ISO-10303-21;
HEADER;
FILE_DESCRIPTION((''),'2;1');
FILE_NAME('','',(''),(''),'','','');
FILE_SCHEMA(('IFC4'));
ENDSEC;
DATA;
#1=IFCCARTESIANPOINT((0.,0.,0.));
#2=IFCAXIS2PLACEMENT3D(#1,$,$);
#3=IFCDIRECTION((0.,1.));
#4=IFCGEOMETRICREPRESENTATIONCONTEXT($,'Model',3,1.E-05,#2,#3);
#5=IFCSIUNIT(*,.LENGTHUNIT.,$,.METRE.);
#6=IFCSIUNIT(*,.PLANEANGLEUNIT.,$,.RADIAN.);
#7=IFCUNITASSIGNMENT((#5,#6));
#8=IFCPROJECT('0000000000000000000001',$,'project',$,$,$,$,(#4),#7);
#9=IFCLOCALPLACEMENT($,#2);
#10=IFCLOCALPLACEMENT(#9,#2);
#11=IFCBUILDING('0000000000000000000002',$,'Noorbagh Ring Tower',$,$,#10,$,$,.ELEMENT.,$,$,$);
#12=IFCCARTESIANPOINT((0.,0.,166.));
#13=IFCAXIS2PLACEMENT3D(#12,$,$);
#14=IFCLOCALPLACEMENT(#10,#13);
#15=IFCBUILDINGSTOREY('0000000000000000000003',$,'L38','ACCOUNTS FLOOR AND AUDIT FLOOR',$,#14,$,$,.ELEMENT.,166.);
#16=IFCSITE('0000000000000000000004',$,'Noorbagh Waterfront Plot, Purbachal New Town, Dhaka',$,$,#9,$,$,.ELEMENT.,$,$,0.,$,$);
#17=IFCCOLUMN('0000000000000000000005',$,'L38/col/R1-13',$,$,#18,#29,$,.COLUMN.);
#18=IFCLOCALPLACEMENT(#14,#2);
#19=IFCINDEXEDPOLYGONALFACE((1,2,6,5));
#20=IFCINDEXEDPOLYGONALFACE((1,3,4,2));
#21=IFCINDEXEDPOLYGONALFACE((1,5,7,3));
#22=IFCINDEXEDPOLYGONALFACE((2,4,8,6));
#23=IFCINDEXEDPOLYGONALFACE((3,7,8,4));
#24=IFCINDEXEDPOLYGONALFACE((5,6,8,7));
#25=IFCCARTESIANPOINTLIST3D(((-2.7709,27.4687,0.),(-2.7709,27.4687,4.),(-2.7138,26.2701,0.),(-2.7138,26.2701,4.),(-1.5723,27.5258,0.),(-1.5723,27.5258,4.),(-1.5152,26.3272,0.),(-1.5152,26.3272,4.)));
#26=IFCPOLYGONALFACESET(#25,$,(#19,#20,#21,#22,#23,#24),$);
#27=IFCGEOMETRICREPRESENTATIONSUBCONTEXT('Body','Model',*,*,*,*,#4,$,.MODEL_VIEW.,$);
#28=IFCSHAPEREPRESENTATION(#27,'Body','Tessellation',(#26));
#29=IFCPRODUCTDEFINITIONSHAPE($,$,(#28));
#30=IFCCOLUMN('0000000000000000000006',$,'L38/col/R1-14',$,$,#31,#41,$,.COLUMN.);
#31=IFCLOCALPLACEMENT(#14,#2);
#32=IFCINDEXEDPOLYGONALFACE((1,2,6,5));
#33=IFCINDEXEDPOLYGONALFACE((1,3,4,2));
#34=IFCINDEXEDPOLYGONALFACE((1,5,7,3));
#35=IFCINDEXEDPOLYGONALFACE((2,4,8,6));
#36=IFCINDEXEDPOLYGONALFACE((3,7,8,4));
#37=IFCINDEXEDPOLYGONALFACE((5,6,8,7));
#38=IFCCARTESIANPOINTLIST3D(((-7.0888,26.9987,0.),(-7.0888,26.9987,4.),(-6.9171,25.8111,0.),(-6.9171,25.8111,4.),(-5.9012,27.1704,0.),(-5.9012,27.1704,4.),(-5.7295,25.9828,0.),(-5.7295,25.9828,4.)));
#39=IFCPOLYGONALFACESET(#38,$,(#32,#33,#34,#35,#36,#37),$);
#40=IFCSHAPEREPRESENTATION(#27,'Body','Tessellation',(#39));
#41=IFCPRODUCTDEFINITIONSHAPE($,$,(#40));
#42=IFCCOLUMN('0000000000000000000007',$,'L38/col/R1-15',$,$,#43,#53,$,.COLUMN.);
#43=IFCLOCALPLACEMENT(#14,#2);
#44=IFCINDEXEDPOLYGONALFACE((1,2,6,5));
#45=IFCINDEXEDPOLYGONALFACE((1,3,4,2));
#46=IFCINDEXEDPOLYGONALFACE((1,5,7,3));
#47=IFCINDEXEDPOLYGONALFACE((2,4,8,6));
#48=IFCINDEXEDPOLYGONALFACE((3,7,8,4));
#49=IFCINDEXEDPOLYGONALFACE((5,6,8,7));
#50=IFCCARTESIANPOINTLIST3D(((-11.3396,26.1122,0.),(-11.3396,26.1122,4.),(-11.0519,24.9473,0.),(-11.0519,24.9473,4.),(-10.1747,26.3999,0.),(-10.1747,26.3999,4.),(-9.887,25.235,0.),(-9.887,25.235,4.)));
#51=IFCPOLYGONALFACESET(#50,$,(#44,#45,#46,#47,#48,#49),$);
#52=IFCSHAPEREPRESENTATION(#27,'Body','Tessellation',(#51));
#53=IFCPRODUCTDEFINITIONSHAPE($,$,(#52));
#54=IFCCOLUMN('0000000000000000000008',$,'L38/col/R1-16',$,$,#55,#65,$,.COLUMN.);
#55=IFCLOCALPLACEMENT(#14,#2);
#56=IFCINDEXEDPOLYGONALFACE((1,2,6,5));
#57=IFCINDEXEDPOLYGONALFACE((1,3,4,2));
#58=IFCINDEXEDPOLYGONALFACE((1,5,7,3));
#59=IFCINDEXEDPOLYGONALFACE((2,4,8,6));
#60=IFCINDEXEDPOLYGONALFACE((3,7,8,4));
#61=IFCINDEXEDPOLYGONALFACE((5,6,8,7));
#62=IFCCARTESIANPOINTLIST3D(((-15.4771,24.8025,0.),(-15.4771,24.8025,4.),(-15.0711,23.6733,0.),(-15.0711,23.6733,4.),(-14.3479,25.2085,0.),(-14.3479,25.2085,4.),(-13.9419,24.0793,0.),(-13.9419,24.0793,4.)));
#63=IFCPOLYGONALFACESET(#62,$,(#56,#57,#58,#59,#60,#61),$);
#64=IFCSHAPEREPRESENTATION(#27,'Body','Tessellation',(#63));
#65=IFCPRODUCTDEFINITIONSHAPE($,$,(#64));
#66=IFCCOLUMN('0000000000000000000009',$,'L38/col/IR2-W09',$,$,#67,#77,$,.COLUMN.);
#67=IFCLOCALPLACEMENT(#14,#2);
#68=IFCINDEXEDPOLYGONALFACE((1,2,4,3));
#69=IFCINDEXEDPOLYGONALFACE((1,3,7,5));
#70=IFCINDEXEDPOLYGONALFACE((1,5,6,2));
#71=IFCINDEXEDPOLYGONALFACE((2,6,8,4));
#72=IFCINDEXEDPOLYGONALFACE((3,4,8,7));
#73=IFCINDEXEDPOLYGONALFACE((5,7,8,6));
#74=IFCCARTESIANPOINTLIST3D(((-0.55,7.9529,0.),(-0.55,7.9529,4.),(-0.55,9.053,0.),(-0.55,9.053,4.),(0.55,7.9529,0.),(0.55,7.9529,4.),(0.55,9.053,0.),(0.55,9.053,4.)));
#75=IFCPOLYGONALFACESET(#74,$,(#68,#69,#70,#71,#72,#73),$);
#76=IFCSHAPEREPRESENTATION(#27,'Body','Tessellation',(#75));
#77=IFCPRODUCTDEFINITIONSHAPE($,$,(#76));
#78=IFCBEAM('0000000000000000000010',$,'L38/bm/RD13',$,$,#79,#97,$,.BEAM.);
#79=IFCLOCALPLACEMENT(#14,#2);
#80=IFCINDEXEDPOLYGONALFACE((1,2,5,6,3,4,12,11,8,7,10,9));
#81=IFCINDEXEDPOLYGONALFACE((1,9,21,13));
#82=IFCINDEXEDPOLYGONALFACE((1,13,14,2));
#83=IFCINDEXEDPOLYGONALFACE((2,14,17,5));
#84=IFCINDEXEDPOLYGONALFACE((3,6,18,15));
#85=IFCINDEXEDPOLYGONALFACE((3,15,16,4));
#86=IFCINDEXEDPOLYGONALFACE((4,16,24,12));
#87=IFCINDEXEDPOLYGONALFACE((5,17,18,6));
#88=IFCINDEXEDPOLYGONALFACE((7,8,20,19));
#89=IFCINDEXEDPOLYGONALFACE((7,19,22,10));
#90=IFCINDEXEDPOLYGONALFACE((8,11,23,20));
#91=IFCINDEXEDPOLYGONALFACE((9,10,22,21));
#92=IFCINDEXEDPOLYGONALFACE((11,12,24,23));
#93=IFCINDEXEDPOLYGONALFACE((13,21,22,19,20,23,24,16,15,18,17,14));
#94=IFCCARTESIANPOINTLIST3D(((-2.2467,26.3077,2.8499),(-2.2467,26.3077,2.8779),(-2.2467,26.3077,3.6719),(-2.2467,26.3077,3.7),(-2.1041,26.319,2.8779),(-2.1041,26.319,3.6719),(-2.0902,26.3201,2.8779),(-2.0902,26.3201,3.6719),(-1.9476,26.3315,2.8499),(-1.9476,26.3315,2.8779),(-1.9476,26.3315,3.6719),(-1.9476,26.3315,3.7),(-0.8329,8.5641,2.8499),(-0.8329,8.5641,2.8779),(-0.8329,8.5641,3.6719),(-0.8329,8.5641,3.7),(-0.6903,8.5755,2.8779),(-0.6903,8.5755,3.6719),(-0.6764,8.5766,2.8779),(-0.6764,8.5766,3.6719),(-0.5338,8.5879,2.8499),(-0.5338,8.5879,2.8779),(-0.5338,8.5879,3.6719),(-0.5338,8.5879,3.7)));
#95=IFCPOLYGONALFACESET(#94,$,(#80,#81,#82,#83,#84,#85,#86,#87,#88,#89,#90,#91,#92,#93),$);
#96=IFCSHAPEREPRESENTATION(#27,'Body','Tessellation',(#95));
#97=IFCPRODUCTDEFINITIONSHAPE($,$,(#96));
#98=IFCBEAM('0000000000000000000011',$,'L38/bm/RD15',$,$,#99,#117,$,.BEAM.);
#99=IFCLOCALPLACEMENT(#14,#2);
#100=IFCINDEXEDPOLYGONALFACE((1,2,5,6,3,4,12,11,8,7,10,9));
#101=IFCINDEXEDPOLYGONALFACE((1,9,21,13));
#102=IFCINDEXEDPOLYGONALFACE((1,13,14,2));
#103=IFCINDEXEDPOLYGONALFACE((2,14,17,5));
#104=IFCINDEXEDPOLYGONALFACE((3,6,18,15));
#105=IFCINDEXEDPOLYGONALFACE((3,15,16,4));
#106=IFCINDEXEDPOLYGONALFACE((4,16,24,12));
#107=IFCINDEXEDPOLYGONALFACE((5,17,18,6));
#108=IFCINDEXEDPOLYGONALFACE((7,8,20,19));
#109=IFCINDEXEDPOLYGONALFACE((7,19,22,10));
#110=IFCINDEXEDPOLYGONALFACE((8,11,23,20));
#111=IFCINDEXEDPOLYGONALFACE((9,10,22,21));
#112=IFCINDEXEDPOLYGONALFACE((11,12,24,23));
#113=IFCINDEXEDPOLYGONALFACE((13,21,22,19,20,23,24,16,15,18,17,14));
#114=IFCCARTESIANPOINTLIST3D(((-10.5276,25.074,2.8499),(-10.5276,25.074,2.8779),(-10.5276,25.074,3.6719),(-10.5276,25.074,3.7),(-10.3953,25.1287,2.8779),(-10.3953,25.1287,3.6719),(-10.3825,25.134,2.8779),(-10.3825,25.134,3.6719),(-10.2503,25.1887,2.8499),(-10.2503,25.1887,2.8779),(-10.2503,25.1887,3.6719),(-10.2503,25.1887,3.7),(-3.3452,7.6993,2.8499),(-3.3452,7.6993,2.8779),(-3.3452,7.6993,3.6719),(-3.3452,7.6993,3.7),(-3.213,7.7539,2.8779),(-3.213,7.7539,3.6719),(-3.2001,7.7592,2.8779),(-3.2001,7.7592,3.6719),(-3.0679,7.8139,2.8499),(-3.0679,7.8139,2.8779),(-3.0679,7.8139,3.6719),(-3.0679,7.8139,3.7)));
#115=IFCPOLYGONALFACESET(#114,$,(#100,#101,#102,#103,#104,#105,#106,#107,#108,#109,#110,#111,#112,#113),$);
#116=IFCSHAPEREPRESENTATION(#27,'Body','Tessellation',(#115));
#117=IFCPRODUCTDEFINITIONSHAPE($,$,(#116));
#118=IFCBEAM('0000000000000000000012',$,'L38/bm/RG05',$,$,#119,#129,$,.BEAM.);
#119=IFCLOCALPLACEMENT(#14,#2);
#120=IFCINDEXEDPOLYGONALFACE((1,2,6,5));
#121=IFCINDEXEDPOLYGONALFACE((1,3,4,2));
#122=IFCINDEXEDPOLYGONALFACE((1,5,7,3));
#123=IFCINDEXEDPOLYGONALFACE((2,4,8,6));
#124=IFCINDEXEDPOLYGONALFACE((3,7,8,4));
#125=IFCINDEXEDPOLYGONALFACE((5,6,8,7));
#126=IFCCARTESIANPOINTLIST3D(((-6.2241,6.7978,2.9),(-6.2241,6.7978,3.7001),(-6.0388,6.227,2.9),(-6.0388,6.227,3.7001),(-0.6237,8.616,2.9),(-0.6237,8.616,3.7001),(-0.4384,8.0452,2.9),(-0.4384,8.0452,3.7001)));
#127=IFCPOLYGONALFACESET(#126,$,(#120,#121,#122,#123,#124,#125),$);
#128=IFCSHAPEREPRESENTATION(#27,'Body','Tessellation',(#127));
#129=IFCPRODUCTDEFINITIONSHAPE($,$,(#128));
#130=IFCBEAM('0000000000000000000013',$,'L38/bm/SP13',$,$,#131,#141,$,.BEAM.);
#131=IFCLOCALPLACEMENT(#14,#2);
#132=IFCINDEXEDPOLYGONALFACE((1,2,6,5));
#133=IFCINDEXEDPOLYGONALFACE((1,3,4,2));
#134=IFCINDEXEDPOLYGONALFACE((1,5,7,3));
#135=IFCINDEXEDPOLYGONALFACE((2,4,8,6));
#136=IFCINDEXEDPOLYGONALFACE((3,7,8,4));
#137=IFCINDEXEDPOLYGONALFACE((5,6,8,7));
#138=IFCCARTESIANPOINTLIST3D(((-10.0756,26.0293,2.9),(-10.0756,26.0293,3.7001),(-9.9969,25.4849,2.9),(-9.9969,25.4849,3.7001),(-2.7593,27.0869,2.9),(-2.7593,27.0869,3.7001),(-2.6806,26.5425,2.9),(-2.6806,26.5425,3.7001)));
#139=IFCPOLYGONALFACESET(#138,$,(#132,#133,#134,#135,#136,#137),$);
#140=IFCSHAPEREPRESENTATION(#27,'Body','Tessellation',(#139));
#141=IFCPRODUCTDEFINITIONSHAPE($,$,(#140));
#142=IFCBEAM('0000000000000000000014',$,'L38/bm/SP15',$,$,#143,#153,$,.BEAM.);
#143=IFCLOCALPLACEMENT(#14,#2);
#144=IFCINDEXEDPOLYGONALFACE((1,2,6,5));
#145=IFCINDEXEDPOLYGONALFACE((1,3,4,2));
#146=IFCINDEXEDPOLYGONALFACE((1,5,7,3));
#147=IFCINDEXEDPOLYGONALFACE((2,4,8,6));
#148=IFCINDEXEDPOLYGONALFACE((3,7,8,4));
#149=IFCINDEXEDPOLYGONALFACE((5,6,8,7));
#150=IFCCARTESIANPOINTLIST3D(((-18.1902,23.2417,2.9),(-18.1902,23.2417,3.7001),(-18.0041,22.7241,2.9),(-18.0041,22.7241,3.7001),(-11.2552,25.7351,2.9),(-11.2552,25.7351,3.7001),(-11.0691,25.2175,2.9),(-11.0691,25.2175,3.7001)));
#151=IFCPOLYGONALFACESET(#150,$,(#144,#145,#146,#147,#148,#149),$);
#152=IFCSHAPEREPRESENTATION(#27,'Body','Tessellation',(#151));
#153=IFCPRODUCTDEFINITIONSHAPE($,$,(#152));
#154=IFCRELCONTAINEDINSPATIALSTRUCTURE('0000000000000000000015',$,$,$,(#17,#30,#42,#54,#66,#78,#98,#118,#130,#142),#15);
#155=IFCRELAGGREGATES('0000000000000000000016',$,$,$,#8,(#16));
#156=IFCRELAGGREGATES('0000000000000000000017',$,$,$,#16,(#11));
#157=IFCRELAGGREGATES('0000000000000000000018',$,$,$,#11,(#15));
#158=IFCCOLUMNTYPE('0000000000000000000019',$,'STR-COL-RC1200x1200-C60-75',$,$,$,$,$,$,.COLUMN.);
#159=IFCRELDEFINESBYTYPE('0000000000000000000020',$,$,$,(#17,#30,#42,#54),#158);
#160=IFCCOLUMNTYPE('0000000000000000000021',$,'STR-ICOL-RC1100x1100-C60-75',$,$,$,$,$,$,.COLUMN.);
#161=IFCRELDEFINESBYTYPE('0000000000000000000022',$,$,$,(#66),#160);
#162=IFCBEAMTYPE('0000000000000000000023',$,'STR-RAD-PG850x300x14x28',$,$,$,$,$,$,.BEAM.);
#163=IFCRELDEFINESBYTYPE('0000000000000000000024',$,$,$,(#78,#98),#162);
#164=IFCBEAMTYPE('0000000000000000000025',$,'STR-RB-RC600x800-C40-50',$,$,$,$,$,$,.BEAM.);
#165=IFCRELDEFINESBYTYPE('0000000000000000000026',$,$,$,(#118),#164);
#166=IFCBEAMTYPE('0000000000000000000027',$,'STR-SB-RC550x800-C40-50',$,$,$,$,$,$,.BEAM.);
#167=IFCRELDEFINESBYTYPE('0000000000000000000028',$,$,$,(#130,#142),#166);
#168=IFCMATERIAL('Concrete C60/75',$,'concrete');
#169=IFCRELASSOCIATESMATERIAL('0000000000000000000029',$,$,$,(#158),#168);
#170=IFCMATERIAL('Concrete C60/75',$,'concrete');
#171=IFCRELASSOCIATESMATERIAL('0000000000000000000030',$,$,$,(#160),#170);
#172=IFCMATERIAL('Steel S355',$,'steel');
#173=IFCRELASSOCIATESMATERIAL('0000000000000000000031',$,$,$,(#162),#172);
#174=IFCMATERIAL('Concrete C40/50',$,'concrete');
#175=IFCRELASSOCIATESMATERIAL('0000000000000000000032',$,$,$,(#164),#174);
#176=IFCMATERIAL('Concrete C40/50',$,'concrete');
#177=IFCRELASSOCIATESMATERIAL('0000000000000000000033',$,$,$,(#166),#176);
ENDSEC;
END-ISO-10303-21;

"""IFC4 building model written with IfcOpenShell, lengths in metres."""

from ifc_helpers import new_model, si_unit, direction, frame, origin, origin_2d, place, context, subcontext, project, spatial, rectangle, i_section, extrude, material, material_profile, profile_set, type_object, element, save


model = new_model("IFC4")

# Units and contexts
model_context = context("Model", 3, precision=1e-05, world=origin(), true_north=direction((0.0, 1.0)))
body_context = subcontext(model_context, "Body", "Model", "MODEL_VIEW")
ifc_project = project(units=[si_unit("LENGTHUNIT", "METRE"), si_unit("PLANEANGLEUNIT", "RADIAN")], contexts=[model_context])

# Site, building, storey
site_placement = place(None, origin())
site = spatial("IfcSite", under=ifc_project, at=site_placement, Name="Noorbagh Waterfront Plot, Purbachal New Town, Dhaka", CompositionType="ELEMENT", RefElevation=0.0)
building_placement = place(site_placement, origin())
building = spatial("IfcBuilding", under=site, at=building_placement, Name="Noorbagh Ring Tower", CompositionType="ELEMENT")
storey_placement = place(building_placement, frame((0.0, 0.0, 166.0)))
storey = spatial("IfcBuildingStorey", under=building, at=storey_placement, Name="L38", Description="ACCOUNTS FLOOR AND AUDIT FLOOR", CompositionType="ELEMENT", Elevation=166.0)

# Columns
ifc_material_1 = material(Name="Concrete C60/75", Category="concrete")
ifc_material_profile_1 = material_profile(ifc_material_1, rectangle(XDim=1.2, YDim=1.2, at=origin_2d()), Name="RC1200x1200")
ifc_profile_set_1 = profile_set([ifc_material_profile_1], Name="Concrete C60/75")
column_type_1 = type_object("IfcColumnType", Name="STR-COL-RC1200x1200-C60-75", PredefinedType="COLUMN", material=ifc_profile_set_1)
for number, where, z_axis, x_axis, name in (
    (1, (-2.1431, 26.8979, 0.0), (0.0, 0.0, 1.0), (-0.998869, -0.047553, 0.0), "L38/col/R1-13"),
    (2, (-6.4092, 26.4907, 0.0), (0.0, 0.0, 1.0), (-0.989713, -0.143066, 0.0), "L38/col/R1-14"),
    (3, (-10.6133, 25.6736, 0.0), (0.0, 0.0, 1.0), (-0.970829, -0.239771, 0.0), "L38/col/R1-15"),
    (4, (-14.7095, 24.4409, 0.0), (0.0, 0.0, 1.0), (-0.941025, -0.338338, 0.0), "L38/col/R1-16"),
):
    element("IfcColumn", number, at=place(storey_placement, frame(where, z_axis=z_axis, x_axis=x_axis)), inside=storey, type_object=column_type_1, Name=name, PredefinedType="COLUMN", context=body_context, shape_type="SweptSolid", body=[
        extrude(rectangle(XDim=1.2, YDim=1.2, at=origin_2d()), origin(), (0.0, 0.0, 1.0), 4.0),
    ])
ifc_material_2 = material(Name="Concrete C60/75", Category="concrete")
ifc_material_profile_2 = material_profile(ifc_material_2, rectangle(XDim=1.1001, YDim=1.1001, at=origin_2d()), Name="RC1100x1100")
ifc_profile_set_2 = profile_set([ifc_material_profile_2], Name="Concrete C60/75")
column_type_2 = type_object("IfcColumnType", Name="STR-ICOL-RC1100x1100-C60-75", PredefinedType="COLUMN", material=ifc_profile_set_2)
column_placement = place(storey_placement, frame((0.0, 8.5029, 0.0), z_axis=(0.0, 0.0, 1.0), x_axis=(-1.0, 0.0, 0.0)))
element("IfcColumn", 5, at=column_placement, inside=storey, type_object=column_type_2, Name="L38/col/IR2-W09", PredefinedType="COLUMN", context=body_context, shape_type="SweptSolid", body=[
    extrude(rectangle(XDim=1.1001, YDim=1.1001, at=origin_2d()), origin(), (0.0, 0.0, 1.0), 4.0),
])

# Beams
ifc_material_3 = material(Name="Steel S355", Category="steel")
ifc_material_profile_3 = material_profile(ifc_material_3, i_section(OverallWidth=0.3, OverallDepth=0.8501, WebThickness=0.0139, FlangeThickness=0.0281, at=origin_2d()), Name="PG850x300x14x28")
ifc_profile_set_3 = profile_set([ifc_material_profile_3], Name="Steel S355")
beam_type_1 = type_object("IfcBeamType", Name="STR-RAD-PG850x300x14x28", PredefinedType="BEAM", material=ifc_profile_set_3)
beam_1_placement = place(storey_placement, frame((-2.0972, 26.3196, 3.2749), z_axis=(0.079428, -0.996841, 0.0), x_axis=(0.996841, 0.079428, 0.0)))
element("IfcBeam", 6, at=beam_1_placement, inside=storey, type_object=beam_type_1, Name="L38/bm/RD13", PredefinedType="BEAM", context=body_context, shape_type="SweptSolid", body=[
    extrude(i_section(OverallWidth=0.3, OverallDepth=0.8501, WebThickness=0.0139, FlangeThickness=0.0281, at=origin_2d()), origin(), (0.0, 0.0, 1.0), 17.7998),
])
beam_2_placement = place(storey_placement, frame((-10.3889, 25.1313, 3.2749), z_axis=(0.382026, -0.924152, 0.0), x_axis=(0.924152, 0.382026, 0.0)))
element("IfcBeam", 7, at=beam_2_placement, inside=storey, type_object=beam_type_1, Name="L38/bm/RD15", PredefinedType="BEAM", context=body_context, shape_type="SweptSolid", body=[
    extrude(i_section(OverallWidth=0.3, OverallDepth=0.8501, WebThickness=0.0139, FlangeThickness=0.0281, at=origin_2d()), origin(), (0.0, 0.0, 1.0), 18.8008),
])
ifc_material_4 = material(Name="Concrete C40/50", Category="concrete")
ifc_material_profile_4 = material_profile(ifc_material_4, rectangle(XDim=0.6001, YDim=0.8, at=origin_2d()), Name="RC600x800")
ifc_profile_set_4 = profile_set([ifc_material_profile_4], Name="Concrete C40/50")
beam_type_2 = type_object("IfcBeamType", Name="STR-RB-RC600x800-C40-50", PredefinedType="BEAM", material=ifc_profile_set_4)
beam_3_placement = place(storey_placement, frame((-0.531, 8.3306, 3.3), z_axis=(-0.951134, -0.308779, 0.0), x_axis=(0.308779, -0.951134, 0.0)))
element("IfcBeam", 8, at=beam_3_placement, inside=storey, type_object=beam_type_2, Name="L38/bm/RG05", PredefinedType="BEAM", context=body_context, shape_type="SweptSolid", body=[
    extrude(rectangle(XDim=0.6001, YDim=0.8, at=origin_2d()), origin(), (0.0, 0.0, 1.0), 5.8882),
])
ifc_material_5 = material(Name="Concrete C40/50", Category="concrete")
ifc_material_profile_5 = material_profile(ifc_material_5, rectangle(XDim=0.55, YDim=0.8, at=origin_2d()), Name="RC550x800")
ifc_profile_set_5 = profile_set([ifc_material_profile_5], Name="Concrete C40/50")
beam_type_3 = type_object("IfcBeamType", Name="STR-SB-RC550x800-C40-50", PredefinedType="BEAM", material=ifc_profile_set_5)
beam_4_placement = place(storey_placement, frame((-2.72, 26.8147, 3.3), z_axis=(-0.989713, -0.143067, 0.0), x_axis=(0.143067, -0.989713, 0.0)))
element("IfcBeam", 9, at=beam_4_placement, inside=storey, type_object=beam_type_3, Name="L38/bm/SP13", PredefinedType="BEAM", context=body_context, shape_type="SweptSolid", body=[
    extrude(rectangle(XDim=0.55, YDim=0.8, at=origin_2d()), origin(), (0.0, 0.0, 1.0), 7.3923),
])
beam_5_placement = place(storey_placement, frame((-11.1621, 25.4763, 3.3), z_axis=(-0.941026, -0.338333, 0.0), x_axis=(0.338333, -0.941026, 0.0)))
element("IfcBeam", 10, at=beam_5_placement, inside=storey, type_object=beam_type_3, Name="L38/bm/SP15", PredefinedType="BEAM", context=body_context, shape_type="SweptSolid", body=[
    extrude(rectangle(XDim=0.55, YDim=0.8, at=origin_2d()), origin(), (0.0, 0.0, 1.0), 7.3696),
])

save(model, "model.ifc")
